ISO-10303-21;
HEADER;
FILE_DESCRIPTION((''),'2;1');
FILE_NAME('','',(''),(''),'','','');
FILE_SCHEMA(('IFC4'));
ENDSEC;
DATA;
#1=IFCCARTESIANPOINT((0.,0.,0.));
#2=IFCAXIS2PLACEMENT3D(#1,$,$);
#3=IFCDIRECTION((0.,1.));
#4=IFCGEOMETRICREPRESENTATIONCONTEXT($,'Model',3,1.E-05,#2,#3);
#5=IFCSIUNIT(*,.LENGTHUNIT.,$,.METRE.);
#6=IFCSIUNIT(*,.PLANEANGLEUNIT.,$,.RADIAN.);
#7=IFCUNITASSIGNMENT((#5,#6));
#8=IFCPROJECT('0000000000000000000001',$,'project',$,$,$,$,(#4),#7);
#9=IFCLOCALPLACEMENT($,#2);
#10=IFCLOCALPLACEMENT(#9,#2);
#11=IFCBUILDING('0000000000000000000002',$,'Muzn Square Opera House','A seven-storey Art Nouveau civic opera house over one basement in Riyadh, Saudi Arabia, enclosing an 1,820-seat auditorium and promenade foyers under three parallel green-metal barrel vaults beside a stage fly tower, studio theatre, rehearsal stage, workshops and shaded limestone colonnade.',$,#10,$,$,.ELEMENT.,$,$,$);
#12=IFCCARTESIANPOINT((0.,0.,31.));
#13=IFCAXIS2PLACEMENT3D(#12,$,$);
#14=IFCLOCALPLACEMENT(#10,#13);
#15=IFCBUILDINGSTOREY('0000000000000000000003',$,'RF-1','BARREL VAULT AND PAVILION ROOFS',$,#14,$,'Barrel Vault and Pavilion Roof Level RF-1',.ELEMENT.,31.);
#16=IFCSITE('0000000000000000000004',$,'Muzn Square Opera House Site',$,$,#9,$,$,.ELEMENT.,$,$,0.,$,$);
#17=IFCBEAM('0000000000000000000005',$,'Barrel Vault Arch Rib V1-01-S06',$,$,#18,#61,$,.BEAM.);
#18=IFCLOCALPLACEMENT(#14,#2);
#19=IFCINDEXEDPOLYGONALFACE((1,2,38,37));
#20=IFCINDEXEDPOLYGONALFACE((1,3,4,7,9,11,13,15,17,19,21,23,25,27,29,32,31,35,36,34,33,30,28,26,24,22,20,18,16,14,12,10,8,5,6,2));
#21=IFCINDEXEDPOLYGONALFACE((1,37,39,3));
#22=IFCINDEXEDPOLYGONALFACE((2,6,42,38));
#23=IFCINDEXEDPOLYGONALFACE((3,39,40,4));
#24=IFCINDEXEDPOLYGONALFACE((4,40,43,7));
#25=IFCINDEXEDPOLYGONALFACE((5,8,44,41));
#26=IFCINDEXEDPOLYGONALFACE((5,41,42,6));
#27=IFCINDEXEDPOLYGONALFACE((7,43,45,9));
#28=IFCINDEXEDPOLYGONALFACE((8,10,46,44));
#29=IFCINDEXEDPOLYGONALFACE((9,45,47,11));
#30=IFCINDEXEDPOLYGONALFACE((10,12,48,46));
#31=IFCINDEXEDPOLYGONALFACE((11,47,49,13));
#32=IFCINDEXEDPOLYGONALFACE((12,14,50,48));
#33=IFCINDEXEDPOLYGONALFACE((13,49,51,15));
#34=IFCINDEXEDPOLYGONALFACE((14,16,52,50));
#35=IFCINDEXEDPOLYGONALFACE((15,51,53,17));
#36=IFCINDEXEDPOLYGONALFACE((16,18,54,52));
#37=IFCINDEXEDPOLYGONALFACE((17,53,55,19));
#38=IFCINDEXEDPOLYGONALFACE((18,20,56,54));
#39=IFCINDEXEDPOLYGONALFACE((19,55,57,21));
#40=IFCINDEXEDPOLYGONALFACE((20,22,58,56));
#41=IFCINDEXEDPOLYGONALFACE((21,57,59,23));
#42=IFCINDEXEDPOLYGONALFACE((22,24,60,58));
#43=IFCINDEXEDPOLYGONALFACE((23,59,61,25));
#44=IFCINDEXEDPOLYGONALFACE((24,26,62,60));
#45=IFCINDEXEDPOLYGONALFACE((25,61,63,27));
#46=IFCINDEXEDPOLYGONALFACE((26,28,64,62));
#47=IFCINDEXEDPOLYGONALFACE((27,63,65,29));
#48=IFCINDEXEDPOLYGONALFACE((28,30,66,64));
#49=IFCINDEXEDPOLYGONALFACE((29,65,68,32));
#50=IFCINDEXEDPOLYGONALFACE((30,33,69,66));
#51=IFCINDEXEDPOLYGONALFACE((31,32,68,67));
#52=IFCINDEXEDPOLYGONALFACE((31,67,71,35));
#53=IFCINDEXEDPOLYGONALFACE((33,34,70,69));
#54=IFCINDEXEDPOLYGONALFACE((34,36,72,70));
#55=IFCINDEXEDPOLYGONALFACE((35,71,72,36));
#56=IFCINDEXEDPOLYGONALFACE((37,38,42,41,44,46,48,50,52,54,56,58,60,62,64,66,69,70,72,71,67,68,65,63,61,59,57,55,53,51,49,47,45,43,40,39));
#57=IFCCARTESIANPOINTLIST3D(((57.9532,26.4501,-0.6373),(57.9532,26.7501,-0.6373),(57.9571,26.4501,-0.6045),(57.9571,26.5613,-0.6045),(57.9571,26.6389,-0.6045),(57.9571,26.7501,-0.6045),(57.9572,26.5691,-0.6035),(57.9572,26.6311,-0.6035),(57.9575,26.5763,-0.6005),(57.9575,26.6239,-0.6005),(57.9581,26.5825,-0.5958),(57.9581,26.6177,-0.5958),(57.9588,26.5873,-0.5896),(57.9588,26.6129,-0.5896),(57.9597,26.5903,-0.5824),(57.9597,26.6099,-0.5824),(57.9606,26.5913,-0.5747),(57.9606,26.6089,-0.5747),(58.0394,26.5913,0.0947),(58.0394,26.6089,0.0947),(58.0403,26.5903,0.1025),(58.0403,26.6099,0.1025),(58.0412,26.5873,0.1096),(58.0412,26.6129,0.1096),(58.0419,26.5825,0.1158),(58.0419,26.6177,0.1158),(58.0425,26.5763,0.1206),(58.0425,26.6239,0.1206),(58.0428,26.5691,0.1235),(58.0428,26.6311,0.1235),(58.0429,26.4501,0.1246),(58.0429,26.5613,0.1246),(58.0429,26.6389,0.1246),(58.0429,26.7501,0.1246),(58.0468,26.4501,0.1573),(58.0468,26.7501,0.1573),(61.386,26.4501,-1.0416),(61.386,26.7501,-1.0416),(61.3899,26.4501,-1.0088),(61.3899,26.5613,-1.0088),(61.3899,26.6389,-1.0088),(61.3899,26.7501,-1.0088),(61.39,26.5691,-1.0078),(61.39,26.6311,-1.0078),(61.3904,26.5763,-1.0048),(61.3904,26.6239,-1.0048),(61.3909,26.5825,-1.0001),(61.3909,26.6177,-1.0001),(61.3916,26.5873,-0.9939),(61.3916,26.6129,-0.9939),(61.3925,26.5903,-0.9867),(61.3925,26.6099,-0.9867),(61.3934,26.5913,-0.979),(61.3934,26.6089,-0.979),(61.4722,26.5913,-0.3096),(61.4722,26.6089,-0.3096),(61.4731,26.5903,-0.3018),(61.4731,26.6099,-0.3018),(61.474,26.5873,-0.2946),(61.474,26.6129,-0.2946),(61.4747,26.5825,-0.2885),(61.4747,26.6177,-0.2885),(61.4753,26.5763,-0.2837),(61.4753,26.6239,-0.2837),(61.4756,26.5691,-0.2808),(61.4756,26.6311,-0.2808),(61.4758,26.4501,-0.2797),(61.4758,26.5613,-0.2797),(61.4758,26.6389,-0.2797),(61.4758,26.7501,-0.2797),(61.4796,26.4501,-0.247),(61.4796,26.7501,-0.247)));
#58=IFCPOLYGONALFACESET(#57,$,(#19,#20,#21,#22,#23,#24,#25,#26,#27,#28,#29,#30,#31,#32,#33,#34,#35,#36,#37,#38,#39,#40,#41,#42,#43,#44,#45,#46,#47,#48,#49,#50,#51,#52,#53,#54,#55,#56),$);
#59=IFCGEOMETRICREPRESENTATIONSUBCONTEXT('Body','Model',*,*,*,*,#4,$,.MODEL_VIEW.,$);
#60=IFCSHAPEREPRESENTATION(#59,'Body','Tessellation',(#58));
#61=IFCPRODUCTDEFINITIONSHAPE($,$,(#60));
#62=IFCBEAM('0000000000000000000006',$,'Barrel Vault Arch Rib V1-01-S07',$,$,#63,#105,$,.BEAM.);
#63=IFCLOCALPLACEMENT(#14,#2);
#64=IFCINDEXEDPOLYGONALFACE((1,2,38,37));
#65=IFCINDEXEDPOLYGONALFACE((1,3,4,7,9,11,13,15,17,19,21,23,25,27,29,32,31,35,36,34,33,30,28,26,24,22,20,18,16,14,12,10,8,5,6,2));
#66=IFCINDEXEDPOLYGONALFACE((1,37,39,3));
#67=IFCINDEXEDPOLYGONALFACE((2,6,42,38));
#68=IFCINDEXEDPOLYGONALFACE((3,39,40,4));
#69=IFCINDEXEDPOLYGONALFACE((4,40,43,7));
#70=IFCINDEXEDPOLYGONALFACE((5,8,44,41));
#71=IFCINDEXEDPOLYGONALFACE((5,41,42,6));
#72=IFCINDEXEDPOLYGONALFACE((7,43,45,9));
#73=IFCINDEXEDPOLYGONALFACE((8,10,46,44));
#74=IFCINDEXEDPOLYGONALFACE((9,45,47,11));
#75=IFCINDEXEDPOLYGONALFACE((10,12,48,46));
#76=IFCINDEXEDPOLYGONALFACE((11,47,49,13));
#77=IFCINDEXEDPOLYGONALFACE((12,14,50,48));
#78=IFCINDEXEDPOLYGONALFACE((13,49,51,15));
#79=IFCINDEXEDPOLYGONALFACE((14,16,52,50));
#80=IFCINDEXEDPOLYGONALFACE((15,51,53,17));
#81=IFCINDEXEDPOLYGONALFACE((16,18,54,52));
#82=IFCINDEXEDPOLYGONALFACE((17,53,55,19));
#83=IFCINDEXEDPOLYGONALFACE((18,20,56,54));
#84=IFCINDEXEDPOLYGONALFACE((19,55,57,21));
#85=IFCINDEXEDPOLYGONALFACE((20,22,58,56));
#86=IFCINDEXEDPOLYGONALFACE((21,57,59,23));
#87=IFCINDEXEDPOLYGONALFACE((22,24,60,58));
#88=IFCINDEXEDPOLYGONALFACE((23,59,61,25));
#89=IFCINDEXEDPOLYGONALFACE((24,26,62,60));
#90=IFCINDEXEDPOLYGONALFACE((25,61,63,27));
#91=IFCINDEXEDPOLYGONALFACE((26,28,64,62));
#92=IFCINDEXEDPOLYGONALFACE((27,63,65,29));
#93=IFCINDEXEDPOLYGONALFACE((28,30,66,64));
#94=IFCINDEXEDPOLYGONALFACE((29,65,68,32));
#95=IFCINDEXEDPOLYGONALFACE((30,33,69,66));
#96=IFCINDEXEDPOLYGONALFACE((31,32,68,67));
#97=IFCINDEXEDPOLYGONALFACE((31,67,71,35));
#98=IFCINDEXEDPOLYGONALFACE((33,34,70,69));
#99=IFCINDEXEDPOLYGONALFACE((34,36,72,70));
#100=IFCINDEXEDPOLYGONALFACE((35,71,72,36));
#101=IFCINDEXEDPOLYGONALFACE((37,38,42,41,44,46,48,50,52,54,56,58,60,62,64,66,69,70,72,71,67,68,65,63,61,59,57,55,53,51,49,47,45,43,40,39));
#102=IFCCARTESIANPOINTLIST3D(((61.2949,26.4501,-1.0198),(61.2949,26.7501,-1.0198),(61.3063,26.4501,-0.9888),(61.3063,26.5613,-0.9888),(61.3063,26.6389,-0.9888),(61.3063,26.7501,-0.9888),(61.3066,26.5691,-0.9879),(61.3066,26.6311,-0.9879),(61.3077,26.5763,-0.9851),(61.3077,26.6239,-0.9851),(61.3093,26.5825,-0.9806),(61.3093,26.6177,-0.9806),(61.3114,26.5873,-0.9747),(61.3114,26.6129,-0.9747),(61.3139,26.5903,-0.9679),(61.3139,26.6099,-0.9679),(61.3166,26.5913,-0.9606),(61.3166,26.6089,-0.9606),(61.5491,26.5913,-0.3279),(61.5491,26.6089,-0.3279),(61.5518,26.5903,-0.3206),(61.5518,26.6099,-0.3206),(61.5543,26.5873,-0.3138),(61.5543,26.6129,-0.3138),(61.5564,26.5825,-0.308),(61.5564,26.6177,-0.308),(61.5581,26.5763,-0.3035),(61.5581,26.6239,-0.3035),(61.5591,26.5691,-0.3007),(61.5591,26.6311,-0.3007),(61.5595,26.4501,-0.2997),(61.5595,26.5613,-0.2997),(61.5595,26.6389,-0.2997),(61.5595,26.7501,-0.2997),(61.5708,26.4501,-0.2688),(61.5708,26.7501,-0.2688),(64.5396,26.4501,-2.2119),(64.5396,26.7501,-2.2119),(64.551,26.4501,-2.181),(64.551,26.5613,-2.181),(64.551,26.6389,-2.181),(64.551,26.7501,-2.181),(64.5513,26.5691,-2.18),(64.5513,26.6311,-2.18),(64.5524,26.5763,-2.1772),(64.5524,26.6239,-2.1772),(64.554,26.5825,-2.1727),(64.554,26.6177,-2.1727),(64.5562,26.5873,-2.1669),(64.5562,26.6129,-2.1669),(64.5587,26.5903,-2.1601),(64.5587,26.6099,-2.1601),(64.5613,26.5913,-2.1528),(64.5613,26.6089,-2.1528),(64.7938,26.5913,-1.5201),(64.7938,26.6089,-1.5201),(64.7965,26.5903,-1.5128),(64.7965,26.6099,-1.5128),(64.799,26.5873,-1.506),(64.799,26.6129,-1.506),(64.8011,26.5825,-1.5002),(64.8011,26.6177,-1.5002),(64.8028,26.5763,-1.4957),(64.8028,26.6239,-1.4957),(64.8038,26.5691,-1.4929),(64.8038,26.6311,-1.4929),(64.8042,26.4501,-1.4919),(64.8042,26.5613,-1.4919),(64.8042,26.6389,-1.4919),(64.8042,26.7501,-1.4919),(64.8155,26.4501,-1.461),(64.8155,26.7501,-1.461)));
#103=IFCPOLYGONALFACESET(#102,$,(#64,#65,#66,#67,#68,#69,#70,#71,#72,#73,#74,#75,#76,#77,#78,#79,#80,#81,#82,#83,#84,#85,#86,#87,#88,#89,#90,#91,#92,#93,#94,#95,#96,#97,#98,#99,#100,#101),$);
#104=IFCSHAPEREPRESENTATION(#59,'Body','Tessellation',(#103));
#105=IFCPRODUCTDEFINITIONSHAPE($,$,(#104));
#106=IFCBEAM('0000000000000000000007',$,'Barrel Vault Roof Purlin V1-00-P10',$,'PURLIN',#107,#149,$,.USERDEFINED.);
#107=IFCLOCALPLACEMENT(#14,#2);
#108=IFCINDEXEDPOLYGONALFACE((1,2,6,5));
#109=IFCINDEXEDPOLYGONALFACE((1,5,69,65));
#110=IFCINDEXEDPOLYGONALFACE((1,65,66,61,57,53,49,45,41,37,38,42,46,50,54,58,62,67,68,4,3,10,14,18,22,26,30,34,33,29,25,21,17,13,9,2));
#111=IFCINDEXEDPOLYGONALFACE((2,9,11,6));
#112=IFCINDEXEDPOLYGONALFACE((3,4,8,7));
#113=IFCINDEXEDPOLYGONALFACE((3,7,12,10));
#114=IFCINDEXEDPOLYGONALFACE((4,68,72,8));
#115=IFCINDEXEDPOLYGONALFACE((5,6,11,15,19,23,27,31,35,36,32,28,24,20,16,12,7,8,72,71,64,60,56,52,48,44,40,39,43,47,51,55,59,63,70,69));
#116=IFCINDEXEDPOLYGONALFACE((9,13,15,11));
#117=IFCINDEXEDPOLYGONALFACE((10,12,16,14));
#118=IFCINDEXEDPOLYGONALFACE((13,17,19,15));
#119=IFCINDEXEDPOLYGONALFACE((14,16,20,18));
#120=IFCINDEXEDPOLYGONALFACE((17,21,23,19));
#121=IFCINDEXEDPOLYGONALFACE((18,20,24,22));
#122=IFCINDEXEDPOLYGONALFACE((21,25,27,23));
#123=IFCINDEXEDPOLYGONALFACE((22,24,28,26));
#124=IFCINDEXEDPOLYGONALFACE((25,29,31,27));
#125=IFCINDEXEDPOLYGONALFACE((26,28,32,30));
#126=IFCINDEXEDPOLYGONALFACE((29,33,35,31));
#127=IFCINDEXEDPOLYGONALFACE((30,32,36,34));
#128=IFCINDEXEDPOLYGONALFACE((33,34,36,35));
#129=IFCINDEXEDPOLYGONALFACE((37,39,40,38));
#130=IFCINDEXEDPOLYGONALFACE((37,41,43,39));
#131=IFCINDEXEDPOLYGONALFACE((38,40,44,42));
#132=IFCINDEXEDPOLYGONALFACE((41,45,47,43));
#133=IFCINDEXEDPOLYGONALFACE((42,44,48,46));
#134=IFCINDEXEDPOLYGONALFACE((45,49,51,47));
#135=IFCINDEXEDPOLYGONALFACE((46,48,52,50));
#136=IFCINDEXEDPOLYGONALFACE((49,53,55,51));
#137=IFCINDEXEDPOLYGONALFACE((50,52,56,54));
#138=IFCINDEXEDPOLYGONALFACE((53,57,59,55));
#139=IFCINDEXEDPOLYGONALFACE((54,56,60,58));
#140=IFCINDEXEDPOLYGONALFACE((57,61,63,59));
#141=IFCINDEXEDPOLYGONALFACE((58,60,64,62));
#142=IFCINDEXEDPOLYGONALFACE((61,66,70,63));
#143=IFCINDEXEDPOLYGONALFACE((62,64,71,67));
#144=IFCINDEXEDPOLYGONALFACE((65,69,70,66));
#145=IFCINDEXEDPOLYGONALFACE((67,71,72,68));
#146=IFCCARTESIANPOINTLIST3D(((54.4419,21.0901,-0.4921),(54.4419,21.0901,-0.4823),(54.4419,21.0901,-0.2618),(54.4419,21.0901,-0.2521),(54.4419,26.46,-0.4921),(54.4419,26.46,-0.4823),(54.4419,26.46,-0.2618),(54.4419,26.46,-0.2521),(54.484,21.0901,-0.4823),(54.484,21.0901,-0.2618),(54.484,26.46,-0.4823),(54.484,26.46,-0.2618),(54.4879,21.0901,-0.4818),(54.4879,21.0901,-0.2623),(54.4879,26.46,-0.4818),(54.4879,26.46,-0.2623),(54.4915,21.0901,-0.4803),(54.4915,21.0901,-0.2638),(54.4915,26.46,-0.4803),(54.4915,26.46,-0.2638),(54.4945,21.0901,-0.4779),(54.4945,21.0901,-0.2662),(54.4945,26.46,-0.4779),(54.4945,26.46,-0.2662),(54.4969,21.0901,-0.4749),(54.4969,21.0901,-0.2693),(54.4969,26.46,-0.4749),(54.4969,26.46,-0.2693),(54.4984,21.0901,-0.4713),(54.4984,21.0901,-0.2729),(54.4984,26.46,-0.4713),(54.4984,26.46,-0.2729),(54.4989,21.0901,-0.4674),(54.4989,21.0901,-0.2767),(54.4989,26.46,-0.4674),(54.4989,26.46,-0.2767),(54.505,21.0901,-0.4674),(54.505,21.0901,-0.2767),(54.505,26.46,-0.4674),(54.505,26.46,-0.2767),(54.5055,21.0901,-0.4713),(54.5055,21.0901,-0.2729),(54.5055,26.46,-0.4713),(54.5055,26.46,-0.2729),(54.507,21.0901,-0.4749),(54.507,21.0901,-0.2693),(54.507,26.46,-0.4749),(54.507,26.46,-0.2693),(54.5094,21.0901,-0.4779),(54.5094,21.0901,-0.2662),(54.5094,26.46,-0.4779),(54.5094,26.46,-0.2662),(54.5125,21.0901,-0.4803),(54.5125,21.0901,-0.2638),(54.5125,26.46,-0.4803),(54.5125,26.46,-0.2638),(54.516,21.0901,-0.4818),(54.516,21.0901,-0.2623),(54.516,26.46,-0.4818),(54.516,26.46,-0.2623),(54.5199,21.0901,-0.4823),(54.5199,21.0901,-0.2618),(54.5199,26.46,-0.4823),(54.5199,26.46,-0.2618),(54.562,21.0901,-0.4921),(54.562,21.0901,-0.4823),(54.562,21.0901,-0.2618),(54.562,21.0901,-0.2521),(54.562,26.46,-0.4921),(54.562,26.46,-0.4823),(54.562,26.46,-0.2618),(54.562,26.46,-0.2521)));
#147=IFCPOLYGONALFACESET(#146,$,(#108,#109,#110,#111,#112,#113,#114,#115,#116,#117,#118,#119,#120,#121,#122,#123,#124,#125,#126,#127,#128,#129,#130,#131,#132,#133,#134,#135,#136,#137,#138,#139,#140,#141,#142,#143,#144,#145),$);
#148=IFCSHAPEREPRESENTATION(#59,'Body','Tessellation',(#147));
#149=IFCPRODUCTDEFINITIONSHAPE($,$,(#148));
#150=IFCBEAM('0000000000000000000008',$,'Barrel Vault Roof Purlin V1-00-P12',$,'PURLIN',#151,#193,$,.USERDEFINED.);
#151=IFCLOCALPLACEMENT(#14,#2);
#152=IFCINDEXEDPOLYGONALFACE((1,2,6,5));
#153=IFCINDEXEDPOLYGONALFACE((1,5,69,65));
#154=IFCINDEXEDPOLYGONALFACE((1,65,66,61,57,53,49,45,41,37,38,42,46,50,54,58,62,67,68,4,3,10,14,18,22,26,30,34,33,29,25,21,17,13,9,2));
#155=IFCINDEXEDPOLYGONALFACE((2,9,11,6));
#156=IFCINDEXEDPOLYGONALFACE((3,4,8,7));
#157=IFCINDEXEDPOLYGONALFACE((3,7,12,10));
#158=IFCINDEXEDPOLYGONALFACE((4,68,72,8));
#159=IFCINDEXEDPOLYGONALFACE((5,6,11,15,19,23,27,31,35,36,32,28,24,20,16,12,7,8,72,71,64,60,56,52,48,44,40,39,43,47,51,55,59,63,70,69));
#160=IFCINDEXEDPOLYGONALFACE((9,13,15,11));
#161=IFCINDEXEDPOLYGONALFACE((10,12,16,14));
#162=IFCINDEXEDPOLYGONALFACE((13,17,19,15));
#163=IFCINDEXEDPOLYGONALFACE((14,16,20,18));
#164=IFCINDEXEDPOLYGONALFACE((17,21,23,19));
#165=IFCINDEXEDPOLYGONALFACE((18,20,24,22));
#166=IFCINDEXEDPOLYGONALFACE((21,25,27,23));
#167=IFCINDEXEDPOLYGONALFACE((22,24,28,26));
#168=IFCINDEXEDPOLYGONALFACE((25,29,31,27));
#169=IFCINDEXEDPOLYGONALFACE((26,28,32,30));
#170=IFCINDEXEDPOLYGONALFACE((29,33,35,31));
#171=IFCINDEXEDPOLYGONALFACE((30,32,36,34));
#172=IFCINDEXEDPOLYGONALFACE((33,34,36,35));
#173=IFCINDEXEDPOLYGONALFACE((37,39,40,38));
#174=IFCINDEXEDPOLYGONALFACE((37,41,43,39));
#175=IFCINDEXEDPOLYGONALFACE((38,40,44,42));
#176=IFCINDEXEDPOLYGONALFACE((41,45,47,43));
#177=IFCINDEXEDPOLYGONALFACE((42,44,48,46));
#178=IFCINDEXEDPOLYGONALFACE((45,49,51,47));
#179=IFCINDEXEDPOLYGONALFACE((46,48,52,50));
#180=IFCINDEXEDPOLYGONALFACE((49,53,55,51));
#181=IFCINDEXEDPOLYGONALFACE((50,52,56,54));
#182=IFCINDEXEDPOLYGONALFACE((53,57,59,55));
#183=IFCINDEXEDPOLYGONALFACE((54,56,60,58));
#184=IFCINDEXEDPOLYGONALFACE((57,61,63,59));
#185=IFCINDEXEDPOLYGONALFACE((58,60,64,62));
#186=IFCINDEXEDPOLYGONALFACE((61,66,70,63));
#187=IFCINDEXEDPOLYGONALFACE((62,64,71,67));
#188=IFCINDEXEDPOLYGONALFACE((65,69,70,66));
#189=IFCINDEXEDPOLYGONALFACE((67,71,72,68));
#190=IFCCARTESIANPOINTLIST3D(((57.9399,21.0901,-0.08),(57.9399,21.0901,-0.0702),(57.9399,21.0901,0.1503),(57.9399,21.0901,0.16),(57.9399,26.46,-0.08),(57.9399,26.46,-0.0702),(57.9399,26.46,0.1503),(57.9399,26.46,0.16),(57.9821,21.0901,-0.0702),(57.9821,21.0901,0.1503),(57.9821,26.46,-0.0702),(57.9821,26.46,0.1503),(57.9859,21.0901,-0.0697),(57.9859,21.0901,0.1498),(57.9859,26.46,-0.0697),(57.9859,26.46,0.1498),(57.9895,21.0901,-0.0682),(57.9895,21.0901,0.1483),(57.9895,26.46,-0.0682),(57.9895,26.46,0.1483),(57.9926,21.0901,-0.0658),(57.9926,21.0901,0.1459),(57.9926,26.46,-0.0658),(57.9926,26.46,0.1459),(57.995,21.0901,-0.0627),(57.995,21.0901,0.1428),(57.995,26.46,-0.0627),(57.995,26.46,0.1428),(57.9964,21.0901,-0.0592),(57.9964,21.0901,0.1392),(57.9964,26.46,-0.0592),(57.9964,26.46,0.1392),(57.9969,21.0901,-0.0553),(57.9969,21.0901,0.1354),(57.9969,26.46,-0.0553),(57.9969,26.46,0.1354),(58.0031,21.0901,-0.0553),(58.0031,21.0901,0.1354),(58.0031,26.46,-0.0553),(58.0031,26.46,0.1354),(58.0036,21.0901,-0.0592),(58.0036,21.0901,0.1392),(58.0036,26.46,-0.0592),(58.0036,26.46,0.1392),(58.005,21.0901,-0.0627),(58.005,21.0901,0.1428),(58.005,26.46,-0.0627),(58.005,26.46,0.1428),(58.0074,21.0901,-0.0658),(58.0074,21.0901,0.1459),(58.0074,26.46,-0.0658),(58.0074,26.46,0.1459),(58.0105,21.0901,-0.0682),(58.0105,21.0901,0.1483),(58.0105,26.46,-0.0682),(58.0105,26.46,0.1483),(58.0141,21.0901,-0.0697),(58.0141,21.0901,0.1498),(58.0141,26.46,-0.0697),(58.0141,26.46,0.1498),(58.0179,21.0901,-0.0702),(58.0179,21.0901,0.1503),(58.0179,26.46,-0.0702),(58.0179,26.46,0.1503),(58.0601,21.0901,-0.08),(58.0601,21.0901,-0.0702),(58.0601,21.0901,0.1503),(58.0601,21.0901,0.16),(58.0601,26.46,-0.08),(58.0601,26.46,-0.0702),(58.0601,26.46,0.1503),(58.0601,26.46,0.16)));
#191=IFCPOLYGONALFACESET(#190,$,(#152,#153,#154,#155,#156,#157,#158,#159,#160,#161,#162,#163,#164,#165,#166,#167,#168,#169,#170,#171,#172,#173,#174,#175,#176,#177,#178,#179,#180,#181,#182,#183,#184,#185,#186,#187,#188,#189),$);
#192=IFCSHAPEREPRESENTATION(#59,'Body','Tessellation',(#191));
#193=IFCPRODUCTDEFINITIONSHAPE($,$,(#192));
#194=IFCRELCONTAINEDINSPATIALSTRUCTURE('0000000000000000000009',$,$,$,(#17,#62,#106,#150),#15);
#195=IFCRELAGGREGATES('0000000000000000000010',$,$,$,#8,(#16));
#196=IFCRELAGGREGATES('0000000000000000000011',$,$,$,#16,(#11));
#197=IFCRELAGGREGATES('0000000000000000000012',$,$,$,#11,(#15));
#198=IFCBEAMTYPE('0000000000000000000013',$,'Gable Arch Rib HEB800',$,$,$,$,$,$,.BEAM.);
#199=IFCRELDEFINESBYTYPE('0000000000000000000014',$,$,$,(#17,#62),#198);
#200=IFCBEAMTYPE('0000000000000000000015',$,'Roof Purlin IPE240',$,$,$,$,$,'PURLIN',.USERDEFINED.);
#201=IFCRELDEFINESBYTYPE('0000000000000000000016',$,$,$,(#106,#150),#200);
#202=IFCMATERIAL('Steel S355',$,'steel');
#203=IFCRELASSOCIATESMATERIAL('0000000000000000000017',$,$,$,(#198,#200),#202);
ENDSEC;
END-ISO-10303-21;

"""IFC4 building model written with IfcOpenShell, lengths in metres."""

from ifc_helpers import new_model, si_unit, direction, frame, origin, origin_2d, place, context, subcontext, project, spatial, i_section, extrude, material, material_profile, profile_set, type_object, element, save


model = new_model("IFC4")

# Units and contexts
model_context = context("Model", 3, precision=1e-05, world=origin(), true_north=direction((0.0, 1.0)))
body_context = subcontext(model_context, "Body", "Model", "MODEL_VIEW")
ifc_project = project(units=[si_unit("LENGTHUNIT", "METRE"), si_unit("PLANEANGLEUNIT", "RADIAN")], contexts=[model_context])

# Site, building, storey
site_placement = place(None, origin())
site = spatial("IfcSite", under=ifc_project, at=site_placement, Name="Muzn Square Opera House Site", CompositionType="ELEMENT", RefElevation=0.0)
building_placement = place(site_placement, origin())
building = spatial("IfcBuilding", under=site, at=building_placement, Name="Muzn Square Opera House", Description="A seven-storey Art Nouveau civic opera house over one basement in Riyadh, Saudi Arabia, enclosing an 1,820-seat auditorium and promenade foyers under three parallel green-metal barrel vaults beside a stage fly tower, studio theatre, rehearsal stage, workshops and shaded limestone colonnade.", CompositionType="ELEMENT")
storey_placement = place(building_placement, frame((0.0, 0.0, 31.0)))
storey = spatial("IfcBuildingStorey", under=building, at=storey_placement, Name="RF-1", Description="BARREL VAULT AND PAVILION ROOFS", LongName="Barrel Vault and Pavilion Roof Level RF-1", CompositionType="ELEMENT", Elevation=31.0)

# Beams
ifc_material_1 = material(Name="Steel S355", Category="steel")
ifc_material_profile_1 = material_profile(ifc_material_1, i_section(OverallWidth=0.3, OverallDepth=0.8, WebThickness=0.0176, FlangeThickness=0.033, FilletRadius=0.03, at=origin_2d()), Name="HEB 800", Category="steel")
ifc_profile_set_1 = profile_set([ifc_material_profile_1], Name="Steel S355")
beam_type_1 = type_object("IfcBeamType", Name="Gable Arch Rib HEB800", PredefinedType="BEAM", material=ifc_profile_set_1)
for number, where, z_axis, x_axis, name in (
    (1, (58.0, 26.6001, -0.24), (0.993136, 0.0, -0.116964), (0.0, 1.0, 0.0), "Barrel Vault Arch Rib V1-01-S06"),
):
    element("IfcBeam", number, at=place(storey_placement, frame(where, z_axis=z_axis, x_axis=x_axis)), inside=storey, type_object=beam_type_1, Name=name, PredefinedType="BEAM", context=body_context, shape_type="SweptSolid", body=[
        extrude(i_section(OverallWidth=0.3, OverallDepth=0.8, WebThickness=0.0176, FlangeThickness=0.033, FilletRadius=0.03, at=origin_2d()), origin(), (0.0, 0.0, 1.0), 3.4565),
    ])
beam_1_placement = place(storey_placement, frame((61.4329, 26.6001, -0.6443), z_axis=(0.938648, 0.0, -0.344877), x_axis=(0.0, 1.0, 0.0)))
element("IfcBeam", 2, at=beam_1_placement, inside=storey, type_object=beam_type_1, Name="Barrel Vault Arch Rib V1-01-S07", PredefinedType="BEAM", context=body_context, shape_type="SweptSolid", body=[
    extrude(i_section(OverallWidth=0.3, OverallDepth=0.8, WebThickness=0.0176, FlangeThickness=0.033, FilletRadius=0.03, at=origin_2d()), origin(), (0.0, 0.0, 1.0), 3.4568),
])
ifc_material_profile_2 = material_profile(ifc_material_1, i_section(OverallWidth=0.1201, OverallDepth=0.24, WebThickness=0.0061, FlangeThickness=0.0098, FilletRadius=0.0149, at=origin_2d()), Name="IPE 240", Category="steel")
ifc_profile_set_2 = profile_set([ifc_material_profile_2], Name="Steel S355")
beam_type_2 = type_object("IfcBeamType", Name="Roof Purlin IPE240", ElementType="PURLIN", PredefinedType="USERDEFINED", material=ifc_profile_set_2)
for number, where, z_axis, x_axis, name in (
    (3, (54.502, 21.0901, -0.3721), (0.0, 1.0, 0.0), (-1.0, 0.0, 0.0), "Barrel Vault Roof Purlin V1-00-P10"),
    (4, (58.0, 21.0901, 0.04), (0.0, 1.0, 0.0), (-1.0, 0.0, 0.0), "Barrel Vault Roof Purlin V1-00-P12"),
):
    element("IfcBeam", number, at=place(storey_placement, frame(where, z_axis=z_axis, x_axis=x_axis)), inside=storey, type_object=beam_type_2, Name=name, ObjectType="PURLIN", PredefinedType="USERDEFINED", context=body_context, shape_type="SweptSolid", body=[
        extrude(i_section(OverallWidth=0.1201, OverallDepth=0.24, WebThickness=0.0061, FlangeThickness=0.0098, FilletRadius=0.0149, at=origin_2d()), origin(), (0.0, 0.0, 1.0), 5.3699),
    ])

save(model, "model.ifc")
